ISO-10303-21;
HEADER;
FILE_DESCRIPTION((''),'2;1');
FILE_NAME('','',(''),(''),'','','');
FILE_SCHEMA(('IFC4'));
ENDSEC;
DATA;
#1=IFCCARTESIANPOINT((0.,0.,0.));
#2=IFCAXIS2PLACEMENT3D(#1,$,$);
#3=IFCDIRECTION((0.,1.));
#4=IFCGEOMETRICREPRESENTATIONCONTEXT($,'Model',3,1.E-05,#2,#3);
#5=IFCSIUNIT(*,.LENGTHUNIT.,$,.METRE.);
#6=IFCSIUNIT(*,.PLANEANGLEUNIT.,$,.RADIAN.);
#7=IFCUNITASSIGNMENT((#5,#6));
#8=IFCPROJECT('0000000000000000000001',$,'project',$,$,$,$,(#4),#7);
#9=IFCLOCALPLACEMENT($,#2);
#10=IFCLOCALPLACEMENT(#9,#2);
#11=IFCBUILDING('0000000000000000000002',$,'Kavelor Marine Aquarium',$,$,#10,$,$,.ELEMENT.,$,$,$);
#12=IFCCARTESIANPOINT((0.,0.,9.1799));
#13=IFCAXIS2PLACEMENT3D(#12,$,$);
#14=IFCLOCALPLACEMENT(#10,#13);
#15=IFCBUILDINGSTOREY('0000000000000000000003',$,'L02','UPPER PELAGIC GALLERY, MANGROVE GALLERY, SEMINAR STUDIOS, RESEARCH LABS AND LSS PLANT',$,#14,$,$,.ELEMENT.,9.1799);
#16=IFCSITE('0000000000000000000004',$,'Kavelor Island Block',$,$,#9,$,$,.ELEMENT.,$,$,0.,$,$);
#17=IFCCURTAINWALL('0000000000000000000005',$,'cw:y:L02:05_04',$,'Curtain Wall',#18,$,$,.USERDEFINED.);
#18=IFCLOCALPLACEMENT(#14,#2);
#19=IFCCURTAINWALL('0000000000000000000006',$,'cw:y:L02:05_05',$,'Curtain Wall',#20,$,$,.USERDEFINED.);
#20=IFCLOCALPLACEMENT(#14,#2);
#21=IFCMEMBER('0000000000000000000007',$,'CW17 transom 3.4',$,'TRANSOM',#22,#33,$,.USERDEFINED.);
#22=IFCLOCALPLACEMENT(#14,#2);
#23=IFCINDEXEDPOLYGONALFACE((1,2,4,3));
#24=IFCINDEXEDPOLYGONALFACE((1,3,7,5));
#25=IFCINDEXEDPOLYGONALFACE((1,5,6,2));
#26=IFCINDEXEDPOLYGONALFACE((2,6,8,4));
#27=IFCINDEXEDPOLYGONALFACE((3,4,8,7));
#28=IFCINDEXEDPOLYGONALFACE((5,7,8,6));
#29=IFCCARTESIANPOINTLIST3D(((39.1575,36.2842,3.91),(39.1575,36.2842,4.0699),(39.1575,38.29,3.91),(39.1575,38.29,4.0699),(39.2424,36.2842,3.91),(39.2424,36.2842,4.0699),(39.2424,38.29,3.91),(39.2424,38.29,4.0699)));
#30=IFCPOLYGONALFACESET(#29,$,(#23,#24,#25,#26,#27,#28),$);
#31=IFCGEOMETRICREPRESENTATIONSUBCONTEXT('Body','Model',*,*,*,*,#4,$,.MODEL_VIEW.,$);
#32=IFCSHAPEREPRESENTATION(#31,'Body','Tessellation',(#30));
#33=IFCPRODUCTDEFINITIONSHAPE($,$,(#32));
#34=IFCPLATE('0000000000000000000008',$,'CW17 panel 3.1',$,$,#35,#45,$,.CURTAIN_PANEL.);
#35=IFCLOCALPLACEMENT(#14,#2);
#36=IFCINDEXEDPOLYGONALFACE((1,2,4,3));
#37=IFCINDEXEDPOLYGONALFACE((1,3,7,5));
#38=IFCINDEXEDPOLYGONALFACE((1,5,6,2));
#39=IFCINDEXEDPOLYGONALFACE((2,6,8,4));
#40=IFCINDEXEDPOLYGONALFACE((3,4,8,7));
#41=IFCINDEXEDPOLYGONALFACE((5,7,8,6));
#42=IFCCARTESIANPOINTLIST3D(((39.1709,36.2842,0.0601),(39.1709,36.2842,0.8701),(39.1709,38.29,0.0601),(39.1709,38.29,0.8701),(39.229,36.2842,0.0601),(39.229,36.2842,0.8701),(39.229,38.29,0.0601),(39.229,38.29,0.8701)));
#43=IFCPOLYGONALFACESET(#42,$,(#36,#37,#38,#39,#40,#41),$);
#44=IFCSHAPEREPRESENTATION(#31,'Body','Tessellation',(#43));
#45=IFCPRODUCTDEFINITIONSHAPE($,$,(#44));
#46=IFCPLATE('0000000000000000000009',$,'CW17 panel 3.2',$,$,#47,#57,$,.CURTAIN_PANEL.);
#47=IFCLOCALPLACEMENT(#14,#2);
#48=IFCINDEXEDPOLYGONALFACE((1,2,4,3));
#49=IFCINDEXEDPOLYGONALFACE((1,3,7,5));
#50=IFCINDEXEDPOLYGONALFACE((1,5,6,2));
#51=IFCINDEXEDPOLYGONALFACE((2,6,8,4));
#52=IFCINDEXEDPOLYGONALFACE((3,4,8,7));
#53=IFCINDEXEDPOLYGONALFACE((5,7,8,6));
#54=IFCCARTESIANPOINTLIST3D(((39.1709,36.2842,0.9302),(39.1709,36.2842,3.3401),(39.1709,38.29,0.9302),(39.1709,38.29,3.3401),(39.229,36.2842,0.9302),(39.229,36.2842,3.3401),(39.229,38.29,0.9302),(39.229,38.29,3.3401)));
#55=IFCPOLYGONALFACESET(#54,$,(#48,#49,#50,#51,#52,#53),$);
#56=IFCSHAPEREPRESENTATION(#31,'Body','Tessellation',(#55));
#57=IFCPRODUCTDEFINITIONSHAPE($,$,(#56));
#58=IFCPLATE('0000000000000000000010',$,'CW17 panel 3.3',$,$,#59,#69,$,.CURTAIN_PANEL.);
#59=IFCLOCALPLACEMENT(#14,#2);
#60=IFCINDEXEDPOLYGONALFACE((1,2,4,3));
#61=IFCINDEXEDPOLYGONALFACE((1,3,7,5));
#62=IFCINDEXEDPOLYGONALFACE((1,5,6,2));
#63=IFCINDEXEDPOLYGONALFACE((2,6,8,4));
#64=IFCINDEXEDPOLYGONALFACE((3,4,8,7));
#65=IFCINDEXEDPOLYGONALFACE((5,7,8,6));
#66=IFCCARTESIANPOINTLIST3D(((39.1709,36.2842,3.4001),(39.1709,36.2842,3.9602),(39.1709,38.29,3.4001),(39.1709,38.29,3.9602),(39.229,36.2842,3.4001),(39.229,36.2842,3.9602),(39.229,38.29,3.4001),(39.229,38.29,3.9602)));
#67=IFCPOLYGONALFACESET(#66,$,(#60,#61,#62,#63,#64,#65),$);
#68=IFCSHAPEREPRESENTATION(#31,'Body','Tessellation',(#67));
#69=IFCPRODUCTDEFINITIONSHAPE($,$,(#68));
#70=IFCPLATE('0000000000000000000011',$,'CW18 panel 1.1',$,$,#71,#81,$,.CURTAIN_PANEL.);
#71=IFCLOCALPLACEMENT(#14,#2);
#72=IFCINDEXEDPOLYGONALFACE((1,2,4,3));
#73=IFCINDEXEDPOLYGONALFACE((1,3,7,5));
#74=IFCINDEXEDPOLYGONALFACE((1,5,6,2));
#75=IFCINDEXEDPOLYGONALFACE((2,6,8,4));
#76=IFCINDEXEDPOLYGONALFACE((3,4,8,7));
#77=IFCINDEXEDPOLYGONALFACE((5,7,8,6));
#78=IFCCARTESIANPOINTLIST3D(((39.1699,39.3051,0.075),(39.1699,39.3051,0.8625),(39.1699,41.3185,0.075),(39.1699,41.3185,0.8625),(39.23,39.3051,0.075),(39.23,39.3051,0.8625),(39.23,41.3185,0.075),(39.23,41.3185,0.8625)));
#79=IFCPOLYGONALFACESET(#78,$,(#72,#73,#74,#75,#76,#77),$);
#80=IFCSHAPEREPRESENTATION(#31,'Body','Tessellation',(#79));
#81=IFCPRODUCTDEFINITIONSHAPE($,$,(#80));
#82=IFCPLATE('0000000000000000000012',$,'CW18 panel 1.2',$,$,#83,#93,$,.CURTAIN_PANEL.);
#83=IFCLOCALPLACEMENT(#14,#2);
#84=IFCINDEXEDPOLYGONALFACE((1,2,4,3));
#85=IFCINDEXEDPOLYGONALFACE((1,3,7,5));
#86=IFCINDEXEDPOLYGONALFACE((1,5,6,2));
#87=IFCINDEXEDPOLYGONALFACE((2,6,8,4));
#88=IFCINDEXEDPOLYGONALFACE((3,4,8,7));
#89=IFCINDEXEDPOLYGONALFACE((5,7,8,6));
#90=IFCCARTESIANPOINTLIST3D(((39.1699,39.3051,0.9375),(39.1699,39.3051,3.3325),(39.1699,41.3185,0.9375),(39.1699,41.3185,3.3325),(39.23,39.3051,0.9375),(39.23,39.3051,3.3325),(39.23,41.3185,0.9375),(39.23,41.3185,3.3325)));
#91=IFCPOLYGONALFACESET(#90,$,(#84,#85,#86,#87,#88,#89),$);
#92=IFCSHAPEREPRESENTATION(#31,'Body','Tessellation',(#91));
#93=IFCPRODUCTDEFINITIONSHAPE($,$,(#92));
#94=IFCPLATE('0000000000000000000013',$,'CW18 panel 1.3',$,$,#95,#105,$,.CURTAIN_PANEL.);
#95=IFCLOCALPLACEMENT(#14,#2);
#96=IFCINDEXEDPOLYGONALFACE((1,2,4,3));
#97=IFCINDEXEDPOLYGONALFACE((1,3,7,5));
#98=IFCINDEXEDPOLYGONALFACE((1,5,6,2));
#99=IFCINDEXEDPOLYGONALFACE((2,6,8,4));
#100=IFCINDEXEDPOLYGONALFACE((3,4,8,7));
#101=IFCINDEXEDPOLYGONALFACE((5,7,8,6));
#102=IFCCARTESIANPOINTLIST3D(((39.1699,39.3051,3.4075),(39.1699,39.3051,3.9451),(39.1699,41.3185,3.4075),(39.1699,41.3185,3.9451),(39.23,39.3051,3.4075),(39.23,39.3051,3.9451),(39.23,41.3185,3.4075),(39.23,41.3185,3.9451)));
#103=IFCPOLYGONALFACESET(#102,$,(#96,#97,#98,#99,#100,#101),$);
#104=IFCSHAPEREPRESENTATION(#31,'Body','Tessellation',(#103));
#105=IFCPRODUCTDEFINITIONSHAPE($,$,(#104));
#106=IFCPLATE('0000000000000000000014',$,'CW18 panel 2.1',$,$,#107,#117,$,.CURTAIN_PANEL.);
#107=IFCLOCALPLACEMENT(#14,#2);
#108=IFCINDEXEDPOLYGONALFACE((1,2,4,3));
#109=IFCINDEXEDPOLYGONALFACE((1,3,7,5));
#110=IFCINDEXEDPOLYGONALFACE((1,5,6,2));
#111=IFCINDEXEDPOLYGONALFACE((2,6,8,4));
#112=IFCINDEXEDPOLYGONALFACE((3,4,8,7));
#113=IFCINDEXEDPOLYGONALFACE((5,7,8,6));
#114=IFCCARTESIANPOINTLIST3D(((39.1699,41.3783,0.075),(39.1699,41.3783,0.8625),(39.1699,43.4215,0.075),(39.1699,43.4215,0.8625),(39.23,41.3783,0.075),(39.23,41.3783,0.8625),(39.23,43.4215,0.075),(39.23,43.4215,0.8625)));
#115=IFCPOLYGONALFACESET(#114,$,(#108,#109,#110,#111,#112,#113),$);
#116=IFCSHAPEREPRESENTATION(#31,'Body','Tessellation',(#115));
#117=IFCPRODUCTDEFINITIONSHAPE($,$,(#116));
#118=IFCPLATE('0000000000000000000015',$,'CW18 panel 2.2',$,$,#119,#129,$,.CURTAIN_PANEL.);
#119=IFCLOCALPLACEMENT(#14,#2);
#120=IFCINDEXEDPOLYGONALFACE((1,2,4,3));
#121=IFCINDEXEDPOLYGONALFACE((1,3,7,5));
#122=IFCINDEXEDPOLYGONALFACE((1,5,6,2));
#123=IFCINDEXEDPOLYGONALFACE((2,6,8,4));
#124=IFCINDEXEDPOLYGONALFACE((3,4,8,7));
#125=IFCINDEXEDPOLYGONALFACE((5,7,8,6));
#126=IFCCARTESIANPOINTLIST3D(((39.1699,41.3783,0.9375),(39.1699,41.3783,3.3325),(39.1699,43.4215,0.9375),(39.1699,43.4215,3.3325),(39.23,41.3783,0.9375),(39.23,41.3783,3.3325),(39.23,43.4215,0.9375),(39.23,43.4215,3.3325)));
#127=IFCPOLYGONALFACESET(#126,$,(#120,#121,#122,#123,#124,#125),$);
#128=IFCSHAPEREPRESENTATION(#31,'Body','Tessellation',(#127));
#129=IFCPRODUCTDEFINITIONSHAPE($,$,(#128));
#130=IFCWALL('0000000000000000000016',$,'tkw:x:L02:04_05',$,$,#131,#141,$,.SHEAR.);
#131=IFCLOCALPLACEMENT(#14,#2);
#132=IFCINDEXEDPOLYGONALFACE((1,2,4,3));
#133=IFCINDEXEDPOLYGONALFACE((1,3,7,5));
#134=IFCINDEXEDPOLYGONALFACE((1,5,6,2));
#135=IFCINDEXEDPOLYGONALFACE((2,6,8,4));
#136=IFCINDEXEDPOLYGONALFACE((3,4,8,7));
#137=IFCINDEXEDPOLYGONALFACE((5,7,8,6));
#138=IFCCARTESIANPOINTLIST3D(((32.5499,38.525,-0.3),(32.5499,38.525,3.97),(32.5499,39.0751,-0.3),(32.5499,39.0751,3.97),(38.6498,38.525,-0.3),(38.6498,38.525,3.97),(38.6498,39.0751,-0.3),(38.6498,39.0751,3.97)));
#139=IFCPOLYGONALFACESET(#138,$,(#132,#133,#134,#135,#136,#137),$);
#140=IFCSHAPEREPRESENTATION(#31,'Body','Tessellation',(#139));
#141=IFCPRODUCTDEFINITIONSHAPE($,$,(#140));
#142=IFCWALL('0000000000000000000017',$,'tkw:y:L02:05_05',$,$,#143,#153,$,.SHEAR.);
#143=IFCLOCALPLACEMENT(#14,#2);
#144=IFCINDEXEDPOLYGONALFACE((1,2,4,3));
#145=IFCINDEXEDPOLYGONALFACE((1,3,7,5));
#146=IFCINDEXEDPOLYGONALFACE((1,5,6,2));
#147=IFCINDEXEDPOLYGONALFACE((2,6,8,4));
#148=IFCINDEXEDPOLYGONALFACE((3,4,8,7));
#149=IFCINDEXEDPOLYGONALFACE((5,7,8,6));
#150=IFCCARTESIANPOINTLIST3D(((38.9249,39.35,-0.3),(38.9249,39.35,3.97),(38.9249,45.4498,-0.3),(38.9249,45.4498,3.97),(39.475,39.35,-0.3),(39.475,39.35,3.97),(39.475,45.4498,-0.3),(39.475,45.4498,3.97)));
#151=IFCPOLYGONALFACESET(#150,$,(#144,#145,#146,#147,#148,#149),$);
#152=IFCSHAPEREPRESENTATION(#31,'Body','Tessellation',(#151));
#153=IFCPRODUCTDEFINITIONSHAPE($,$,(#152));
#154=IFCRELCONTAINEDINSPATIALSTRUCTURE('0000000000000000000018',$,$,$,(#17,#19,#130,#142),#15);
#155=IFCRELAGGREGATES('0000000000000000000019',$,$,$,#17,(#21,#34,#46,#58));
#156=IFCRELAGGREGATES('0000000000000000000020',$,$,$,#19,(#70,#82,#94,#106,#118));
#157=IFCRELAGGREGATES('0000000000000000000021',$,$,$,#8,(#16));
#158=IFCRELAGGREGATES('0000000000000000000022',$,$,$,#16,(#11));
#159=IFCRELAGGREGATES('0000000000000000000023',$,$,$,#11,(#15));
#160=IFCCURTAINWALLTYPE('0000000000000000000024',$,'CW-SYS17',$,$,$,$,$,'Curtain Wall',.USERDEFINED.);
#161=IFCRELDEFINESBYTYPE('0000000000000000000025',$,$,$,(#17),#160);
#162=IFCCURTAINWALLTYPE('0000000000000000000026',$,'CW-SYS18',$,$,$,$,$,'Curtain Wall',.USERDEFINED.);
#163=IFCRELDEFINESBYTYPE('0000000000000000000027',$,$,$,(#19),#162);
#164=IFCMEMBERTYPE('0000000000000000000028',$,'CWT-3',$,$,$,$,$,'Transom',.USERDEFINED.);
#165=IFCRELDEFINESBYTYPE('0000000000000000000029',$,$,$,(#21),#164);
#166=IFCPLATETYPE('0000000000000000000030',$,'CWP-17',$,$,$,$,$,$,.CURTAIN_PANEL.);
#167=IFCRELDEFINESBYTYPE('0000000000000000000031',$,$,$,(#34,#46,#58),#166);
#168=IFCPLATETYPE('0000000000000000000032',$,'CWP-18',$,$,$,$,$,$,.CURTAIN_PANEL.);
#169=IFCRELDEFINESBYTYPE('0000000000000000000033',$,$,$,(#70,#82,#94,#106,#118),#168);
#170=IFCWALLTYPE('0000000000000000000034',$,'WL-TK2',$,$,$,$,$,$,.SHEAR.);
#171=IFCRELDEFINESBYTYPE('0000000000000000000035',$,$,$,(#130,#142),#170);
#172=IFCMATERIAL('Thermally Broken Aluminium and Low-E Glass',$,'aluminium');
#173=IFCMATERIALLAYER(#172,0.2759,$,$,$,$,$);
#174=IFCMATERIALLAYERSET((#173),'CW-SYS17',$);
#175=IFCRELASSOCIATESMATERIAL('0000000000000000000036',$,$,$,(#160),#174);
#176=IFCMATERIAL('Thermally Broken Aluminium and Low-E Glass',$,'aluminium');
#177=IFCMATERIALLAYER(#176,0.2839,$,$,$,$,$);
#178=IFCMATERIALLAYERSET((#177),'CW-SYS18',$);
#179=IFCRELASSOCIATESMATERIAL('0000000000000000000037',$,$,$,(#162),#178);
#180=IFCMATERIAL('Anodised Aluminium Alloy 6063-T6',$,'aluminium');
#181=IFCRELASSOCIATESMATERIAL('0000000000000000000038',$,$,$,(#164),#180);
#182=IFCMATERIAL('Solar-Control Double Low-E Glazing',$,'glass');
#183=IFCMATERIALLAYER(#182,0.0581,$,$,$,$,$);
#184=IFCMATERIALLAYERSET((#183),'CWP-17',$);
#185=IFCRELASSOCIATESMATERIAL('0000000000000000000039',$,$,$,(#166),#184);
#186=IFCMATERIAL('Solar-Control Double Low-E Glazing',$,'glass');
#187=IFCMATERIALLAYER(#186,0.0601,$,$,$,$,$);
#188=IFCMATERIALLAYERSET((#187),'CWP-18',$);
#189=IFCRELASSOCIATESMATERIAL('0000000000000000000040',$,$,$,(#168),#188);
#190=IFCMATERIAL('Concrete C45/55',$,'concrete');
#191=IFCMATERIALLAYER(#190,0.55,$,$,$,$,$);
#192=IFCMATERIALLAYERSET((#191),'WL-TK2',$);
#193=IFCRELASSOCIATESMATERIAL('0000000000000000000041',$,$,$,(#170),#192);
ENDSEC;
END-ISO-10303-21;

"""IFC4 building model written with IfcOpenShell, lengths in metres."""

from ifc_helpers import new_model, si_unit, direction, frame, frame_2d, origin, origin_2d, place, context, subcontext, project, spatial, rectangle, extrude, material, layer, layer_set, material_profile, profile_set, type_object, element, aggregate, save


model = new_model("IFC4")

# Units and contexts
model_context = context("Model", 3, precision=1e-05, world=origin(), true_north=direction((0.0, 1.0)))
body_context = subcontext(model_context, "Body", "Model", "MODEL_VIEW")
ifc_project = project(units=[si_unit("LENGTHUNIT", "METRE"), si_unit("PLANEANGLEUNIT", "RADIAN")], contexts=[model_context])

# Site, building, storey
site_placement = place(None, origin())
site = spatial("IfcSite", under=ifc_project, at=site_placement, Name="Kavelor Island Block", CompositionType="ELEMENT", RefElevation=0.0)
building_placement = place(site_placement, origin())
building = spatial("IfcBuilding", under=site, at=building_placement, Name="Kavelor Marine Aquarium", CompositionType="ELEMENT")
storey_placement = place(building_placement, frame((0.0, 0.0, 9.1799)))
storey = spatial("IfcBuildingStorey", under=building, at=storey_placement, Name="L02", Description="UPPER PELAGIC GALLERY, MANGROVE GALLERY, SEMINAR STUDIOS, RESEARCH LABS AND LSS PLANT", CompositionType="ELEMENT", Elevation=9.1799)

# Curtain wall
ifc_material_1 = material(Name="Thermally Broken Aluminium and Low-E Glass", Category="aluminium")
ifc_layer_1 = layer(ifc_material_1, 0.2759)
ifc_layer_set_1 = layer_set([ifc_layer_1], Name="CW-SYS17")
curtain_wall_type_1 = type_object("IfcCurtainWallType", Name="CW-SYS17", ElementType="Curtain Wall", PredefinedType="USERDEFINED", material=ifc_layer_set_1)
curtain_wall_1_placement = place(storey_placement, origin())
curtain_wall_1 = element("IfcCurtainWall", 1, at=curtain_wall_1_placement, inside=storey, type_object=curtain_wall_type_1, Name="cw:y:L02:05_04", ObjectType="Curtain Wall", PredefinedType="USERDEFINED")

# Curtain wall
ifc_material_2 = material(Name="Thermally Broken Aluminium and Low-E Glass", Category="aluminium")
ifc_layer_2 = layer(ifc_material_2, 0.2839)
ifc_layer_set_2 = layer_set([ifc_layer_2], Name="CW-SYS18")
curtain_wall_type_2 = type_object("IfcCurtainWallType", Name="CW-SYS18", ElementType="Curtain Wall", PredefinedType="USERDEFINED", material=ifc_layer_set_2)
curtain_wall_2_placement = place(storey_placement, origin())
curtain_wall_2 = element("IfcCurtainWall", 2, at=curtain_wall_2_placement, inside=storey, type_object=curtain_wall_type_2, Name="cw:y:L02:05_05", ObjectType="Curtain Wall", PredefinedType="USERDEFINED")

# Member
ifc_material_3 = material(Name="Anodised Aluminium Alloy 6063-T6", Category="aluminium")
ifc_material_profile_1 = material_profile(ifc_material_3, rectangle(XDim=0.085, YDim=0.1599, at=origin_2d()), Name="CW-TRN 85x160")
ifc_profile_set_1 = profile_set([ifc_material_profile_1], Name="Anodised Aluminium Alloy 6063-T6")
member_type_1 = type_object("IfcMemberType", Name="CWT-3", ElementType="Transom", PredefinedType="USERDEFINED", material=ifc_profile_set_1)
member_1_placement = place(storey_placement, frame((39.2, 36.2842, 3.99), z_axis=(0.0, 1.0, 0.0), x_axis=(-1.0, 0.0, 0.0)))
member_1 = element("IfcMember", 3, at=member_1_placement, type_object=member_type_1, Name="CW17 transom 3.4", ObjectType="TRANSOM", PredefinedType="USERDEFINED", context=body_context, shape_type="SweptSolid", body=[
    extrude(rectangle(XDim=0.085, YDim=0.1599, at=origin_2d()), origin(), (0.0, 0.0, 1.0), 2.0059),
])

# Plates
ifc_material_4 = material(Name="Solar-Control Double Low-E Glazing", Category="glass")
ifc_layer_3 = layer(ifc_material_4, 0.0581)
ifc_layer_set_3 = layer_set([ifc_layer_3], Name="CWP-17")
plate_type_1 = type_object("IfcPlateType", Name="CWP-17", PredefinedType="CURTAIN_PANEL", material=ifc_layer_set_3)
plate_1_placement = place(storey_placement, frame((39.2, 37.2871, 0.0601), z_axis=(0.0, 0.0, 1.0), x_axis=(0.0, 1.0, 0.0)))
plate_1 = element("IfcPlate", 4, at=plate_1_placement, type_object=plate_type_1, Name="CW17 panel 3.1", PredefinedType="CURTAIN_PANEL", context=body_context, shape_type="SweptSolid", body=[
    extrude(rectangle(XDim=2.0059, YDim=0.0581, at=origin_2d()), origin(), (0.0, 0.0, 1.0), 0.8101),
])
plate_2_placement = place(storey_placement, frame((39.2, 37.2871, 0.9302), z_axis=(0.0, 0.0, 1.0), x_axis=(0.0, 1.0, 0.0)))
plate_2 = element("IfcPlate", 5, at=plate_2_placement, type_object=plate_type_1, Name="CW17 panel 3.2", PredefinedType="CURTAIN_PANEL", context=body_context, shape_type="SweptSolid", body=[
    extrude(rectangle(XDim=2.0059, YDim=0.0581, at=origin_2d()), origin(), (0.0, 0.0, 1.0), 2.4099),
])
plate_3_placement = place(storey_placement, frame((39.2, 37.2871, 3.4001), z_axis=(0.0, 0.0, 1.0), x_axis=(0.0, 1.0, 0.0)))
plate_3 = element("IfcPlate", 6, at=plate_3_placement, type_object=plate_type_1, Name="CW17 panel 3.3", PredefinedType="CURTAIN_PANEL", context=body_context, shape_type="SweptSolid", body=[
    extrude(rectangle(XDim=2.0059, YDim=0.0581, at=origin_2d()), origin(), (0.0, 0.0, 1.0), 0.5601),
])
aggregate(curtain_wall_1, [member_1, plate_1, plate_2, plate_3])
ifc_material_5 = material(Name="Solar-Control Double Low-E Glazing", Category="glass")
ifc_layer_4 = layer(ifc_material_5, 0.0601)
ifc_layer_set_4 = layer_set([ifc_layer_4], Name="CWP-18")
plate_type_2 = type_object("IfcPlateType", Name="CWP-18", PredefinedType="CURTAIN_PANEL", material=ifc_layer_set_4)
plate_4_placement = place(storey_placement, frame((39.2, 40.3118, 0.075), z_axis=(0.0, 0.0, 1.0), x_axis=(0.0, 1.0, 0.0)))
plate_4 = element("IfcPlate", 7, at=plate_4_placement, type_object=plate_type_2, Name="CW18 panel 1.1", PredefinedType="CURTAIN_PANEL", context=body_context, shape_type="SweptSolid", body=[
    extrude(rectangle(XDim=2.0134, YDim=0.0601, at=origin_2d()), origin(), (0.0, 0.0, 1.0), 0.7876),
])
plate_5_placement = place(storey_placement, frame((39.2, 40.3118, 0.9375), z_axis=(0.0, 0.0, 1.0), x_axis=(0.0, 1.0, 0.0)))
plate_5 = element("IfcPlate", 8, at=plate_5_placement, type_object=plate_type_2, Name="CW18 panel 1.2", PredefinedType="CURTAIN_PANEL", context=body_context, shape_type="SweptSolid", body=[
    extrude(rectangle(XDim=2.0134, YDim=0.0601, at=origin_2d()), origin(), (0.0, 0.0, 1.0), 2.395),
])
plate_6_placement = place(storey_placement, frame((39.2, 40.3118, 3.4075), z_axis=(0.0, 0.0, 1.0), x_axis=(0.0, 1.0, 0.0)))
plate_6 = element("IfcPlate", 9, at=plate_6_placement, type_object=plate_type_2, Name="CW18 panel 1.3", PredefinedType="CURTAIN_PANEL", context=body_context, shape_type="SweptSolid", body=[
    extrude(rectangle(XDim=2.0134, YDim=0.0601, at=origin_2d()), origin(), (0.0, 0.0, 1.0), 0.5376),
])
plate_7_placement = place(storey_placement, frame((39.2, 42.3999, 0.075), z_axis=(0.0, 0.0, 1.0), x_axis=(0.0, 1.0, 0.0)))
plate_7 = element("IfcPlate", 10, at=plate_7_placement, type_object=plate_type_2, Name="CW18 panel 2.1", PredefinedType="CURTAIN_PANEL", context=body_context, shape_type="SweptSolid", body=[
    extrude(rectangle(XDim=2.0432, YDim=0.0601, at=origin_2d()), origin(), (0.0, 0.0, 1.0), 0.7876),
])
plate_8_placement = place(storey_placement, frame((39.2, 42.3999, 0.9375), z_axis=(0.0, 0.0, 1.0), x_axis=(0.0, 1.0, 0.0)))
plate_8 = element("IfcPlate", 11, at=plate_8_placement, type_object=plate_type_2, Name="CW18 panel 2.2", PredefinedType="CURTAIN_PANEL", context=body_context, shape_type="SweptSolid", body=[
    extrude(rectangle(XDim=2.0432, YDim=0.0601, at=origin_2d()), origin(), (0.0, 0.0, 1.0), 2.395),
])
aggregate(curtain_wall_2, [plate_4, plate_5, plate_6, plate_7, plate_8])

# Walls
ifc_material_6 = material(Name="Concrete C45/55", Category="concrete")
ifc_layer_5 = layer(ifc_material_6, 0.55)
ifc_layer_set_5 = layer_set([ifc_layer_5], Name="WL-TK2")
wall_type = type_object("IfcWallType", Name="WL-TK2", PredefinedType="SHEAR", material=ifc_layer_set_5)
for number, where, z_axis, x_axis, name in (
    (12, (32.55, 38.8, -0.3), (0.0, 0.0, 1.0), (1.0, 0.0, 0.0), "tkw:x:L02:04_05"),
    (13, (39.2, 39.3501, -0.3), (0.0, 0.0, 1.0), (0.0, 1.0, 0.0), "tkw:y:L02:05_05"),
):
    element("IfcWall", number, at=place(storey_placement, frame(where, z_axis=z_axis, x_axis=x_axis)), inside=storey, type_object=wall_type, Name=name, PredefinedType="SHEAR", context=body_context, shape_type="SweptSolid", body=[
        extrude(rectangle(XDim=6.0999, YDim=0.55, at=frame_2d((3.0498, 0.0))), origin(), (0.0, 0.0, 1.0), 4.27),
    ])

save(model, "model.ifc")
